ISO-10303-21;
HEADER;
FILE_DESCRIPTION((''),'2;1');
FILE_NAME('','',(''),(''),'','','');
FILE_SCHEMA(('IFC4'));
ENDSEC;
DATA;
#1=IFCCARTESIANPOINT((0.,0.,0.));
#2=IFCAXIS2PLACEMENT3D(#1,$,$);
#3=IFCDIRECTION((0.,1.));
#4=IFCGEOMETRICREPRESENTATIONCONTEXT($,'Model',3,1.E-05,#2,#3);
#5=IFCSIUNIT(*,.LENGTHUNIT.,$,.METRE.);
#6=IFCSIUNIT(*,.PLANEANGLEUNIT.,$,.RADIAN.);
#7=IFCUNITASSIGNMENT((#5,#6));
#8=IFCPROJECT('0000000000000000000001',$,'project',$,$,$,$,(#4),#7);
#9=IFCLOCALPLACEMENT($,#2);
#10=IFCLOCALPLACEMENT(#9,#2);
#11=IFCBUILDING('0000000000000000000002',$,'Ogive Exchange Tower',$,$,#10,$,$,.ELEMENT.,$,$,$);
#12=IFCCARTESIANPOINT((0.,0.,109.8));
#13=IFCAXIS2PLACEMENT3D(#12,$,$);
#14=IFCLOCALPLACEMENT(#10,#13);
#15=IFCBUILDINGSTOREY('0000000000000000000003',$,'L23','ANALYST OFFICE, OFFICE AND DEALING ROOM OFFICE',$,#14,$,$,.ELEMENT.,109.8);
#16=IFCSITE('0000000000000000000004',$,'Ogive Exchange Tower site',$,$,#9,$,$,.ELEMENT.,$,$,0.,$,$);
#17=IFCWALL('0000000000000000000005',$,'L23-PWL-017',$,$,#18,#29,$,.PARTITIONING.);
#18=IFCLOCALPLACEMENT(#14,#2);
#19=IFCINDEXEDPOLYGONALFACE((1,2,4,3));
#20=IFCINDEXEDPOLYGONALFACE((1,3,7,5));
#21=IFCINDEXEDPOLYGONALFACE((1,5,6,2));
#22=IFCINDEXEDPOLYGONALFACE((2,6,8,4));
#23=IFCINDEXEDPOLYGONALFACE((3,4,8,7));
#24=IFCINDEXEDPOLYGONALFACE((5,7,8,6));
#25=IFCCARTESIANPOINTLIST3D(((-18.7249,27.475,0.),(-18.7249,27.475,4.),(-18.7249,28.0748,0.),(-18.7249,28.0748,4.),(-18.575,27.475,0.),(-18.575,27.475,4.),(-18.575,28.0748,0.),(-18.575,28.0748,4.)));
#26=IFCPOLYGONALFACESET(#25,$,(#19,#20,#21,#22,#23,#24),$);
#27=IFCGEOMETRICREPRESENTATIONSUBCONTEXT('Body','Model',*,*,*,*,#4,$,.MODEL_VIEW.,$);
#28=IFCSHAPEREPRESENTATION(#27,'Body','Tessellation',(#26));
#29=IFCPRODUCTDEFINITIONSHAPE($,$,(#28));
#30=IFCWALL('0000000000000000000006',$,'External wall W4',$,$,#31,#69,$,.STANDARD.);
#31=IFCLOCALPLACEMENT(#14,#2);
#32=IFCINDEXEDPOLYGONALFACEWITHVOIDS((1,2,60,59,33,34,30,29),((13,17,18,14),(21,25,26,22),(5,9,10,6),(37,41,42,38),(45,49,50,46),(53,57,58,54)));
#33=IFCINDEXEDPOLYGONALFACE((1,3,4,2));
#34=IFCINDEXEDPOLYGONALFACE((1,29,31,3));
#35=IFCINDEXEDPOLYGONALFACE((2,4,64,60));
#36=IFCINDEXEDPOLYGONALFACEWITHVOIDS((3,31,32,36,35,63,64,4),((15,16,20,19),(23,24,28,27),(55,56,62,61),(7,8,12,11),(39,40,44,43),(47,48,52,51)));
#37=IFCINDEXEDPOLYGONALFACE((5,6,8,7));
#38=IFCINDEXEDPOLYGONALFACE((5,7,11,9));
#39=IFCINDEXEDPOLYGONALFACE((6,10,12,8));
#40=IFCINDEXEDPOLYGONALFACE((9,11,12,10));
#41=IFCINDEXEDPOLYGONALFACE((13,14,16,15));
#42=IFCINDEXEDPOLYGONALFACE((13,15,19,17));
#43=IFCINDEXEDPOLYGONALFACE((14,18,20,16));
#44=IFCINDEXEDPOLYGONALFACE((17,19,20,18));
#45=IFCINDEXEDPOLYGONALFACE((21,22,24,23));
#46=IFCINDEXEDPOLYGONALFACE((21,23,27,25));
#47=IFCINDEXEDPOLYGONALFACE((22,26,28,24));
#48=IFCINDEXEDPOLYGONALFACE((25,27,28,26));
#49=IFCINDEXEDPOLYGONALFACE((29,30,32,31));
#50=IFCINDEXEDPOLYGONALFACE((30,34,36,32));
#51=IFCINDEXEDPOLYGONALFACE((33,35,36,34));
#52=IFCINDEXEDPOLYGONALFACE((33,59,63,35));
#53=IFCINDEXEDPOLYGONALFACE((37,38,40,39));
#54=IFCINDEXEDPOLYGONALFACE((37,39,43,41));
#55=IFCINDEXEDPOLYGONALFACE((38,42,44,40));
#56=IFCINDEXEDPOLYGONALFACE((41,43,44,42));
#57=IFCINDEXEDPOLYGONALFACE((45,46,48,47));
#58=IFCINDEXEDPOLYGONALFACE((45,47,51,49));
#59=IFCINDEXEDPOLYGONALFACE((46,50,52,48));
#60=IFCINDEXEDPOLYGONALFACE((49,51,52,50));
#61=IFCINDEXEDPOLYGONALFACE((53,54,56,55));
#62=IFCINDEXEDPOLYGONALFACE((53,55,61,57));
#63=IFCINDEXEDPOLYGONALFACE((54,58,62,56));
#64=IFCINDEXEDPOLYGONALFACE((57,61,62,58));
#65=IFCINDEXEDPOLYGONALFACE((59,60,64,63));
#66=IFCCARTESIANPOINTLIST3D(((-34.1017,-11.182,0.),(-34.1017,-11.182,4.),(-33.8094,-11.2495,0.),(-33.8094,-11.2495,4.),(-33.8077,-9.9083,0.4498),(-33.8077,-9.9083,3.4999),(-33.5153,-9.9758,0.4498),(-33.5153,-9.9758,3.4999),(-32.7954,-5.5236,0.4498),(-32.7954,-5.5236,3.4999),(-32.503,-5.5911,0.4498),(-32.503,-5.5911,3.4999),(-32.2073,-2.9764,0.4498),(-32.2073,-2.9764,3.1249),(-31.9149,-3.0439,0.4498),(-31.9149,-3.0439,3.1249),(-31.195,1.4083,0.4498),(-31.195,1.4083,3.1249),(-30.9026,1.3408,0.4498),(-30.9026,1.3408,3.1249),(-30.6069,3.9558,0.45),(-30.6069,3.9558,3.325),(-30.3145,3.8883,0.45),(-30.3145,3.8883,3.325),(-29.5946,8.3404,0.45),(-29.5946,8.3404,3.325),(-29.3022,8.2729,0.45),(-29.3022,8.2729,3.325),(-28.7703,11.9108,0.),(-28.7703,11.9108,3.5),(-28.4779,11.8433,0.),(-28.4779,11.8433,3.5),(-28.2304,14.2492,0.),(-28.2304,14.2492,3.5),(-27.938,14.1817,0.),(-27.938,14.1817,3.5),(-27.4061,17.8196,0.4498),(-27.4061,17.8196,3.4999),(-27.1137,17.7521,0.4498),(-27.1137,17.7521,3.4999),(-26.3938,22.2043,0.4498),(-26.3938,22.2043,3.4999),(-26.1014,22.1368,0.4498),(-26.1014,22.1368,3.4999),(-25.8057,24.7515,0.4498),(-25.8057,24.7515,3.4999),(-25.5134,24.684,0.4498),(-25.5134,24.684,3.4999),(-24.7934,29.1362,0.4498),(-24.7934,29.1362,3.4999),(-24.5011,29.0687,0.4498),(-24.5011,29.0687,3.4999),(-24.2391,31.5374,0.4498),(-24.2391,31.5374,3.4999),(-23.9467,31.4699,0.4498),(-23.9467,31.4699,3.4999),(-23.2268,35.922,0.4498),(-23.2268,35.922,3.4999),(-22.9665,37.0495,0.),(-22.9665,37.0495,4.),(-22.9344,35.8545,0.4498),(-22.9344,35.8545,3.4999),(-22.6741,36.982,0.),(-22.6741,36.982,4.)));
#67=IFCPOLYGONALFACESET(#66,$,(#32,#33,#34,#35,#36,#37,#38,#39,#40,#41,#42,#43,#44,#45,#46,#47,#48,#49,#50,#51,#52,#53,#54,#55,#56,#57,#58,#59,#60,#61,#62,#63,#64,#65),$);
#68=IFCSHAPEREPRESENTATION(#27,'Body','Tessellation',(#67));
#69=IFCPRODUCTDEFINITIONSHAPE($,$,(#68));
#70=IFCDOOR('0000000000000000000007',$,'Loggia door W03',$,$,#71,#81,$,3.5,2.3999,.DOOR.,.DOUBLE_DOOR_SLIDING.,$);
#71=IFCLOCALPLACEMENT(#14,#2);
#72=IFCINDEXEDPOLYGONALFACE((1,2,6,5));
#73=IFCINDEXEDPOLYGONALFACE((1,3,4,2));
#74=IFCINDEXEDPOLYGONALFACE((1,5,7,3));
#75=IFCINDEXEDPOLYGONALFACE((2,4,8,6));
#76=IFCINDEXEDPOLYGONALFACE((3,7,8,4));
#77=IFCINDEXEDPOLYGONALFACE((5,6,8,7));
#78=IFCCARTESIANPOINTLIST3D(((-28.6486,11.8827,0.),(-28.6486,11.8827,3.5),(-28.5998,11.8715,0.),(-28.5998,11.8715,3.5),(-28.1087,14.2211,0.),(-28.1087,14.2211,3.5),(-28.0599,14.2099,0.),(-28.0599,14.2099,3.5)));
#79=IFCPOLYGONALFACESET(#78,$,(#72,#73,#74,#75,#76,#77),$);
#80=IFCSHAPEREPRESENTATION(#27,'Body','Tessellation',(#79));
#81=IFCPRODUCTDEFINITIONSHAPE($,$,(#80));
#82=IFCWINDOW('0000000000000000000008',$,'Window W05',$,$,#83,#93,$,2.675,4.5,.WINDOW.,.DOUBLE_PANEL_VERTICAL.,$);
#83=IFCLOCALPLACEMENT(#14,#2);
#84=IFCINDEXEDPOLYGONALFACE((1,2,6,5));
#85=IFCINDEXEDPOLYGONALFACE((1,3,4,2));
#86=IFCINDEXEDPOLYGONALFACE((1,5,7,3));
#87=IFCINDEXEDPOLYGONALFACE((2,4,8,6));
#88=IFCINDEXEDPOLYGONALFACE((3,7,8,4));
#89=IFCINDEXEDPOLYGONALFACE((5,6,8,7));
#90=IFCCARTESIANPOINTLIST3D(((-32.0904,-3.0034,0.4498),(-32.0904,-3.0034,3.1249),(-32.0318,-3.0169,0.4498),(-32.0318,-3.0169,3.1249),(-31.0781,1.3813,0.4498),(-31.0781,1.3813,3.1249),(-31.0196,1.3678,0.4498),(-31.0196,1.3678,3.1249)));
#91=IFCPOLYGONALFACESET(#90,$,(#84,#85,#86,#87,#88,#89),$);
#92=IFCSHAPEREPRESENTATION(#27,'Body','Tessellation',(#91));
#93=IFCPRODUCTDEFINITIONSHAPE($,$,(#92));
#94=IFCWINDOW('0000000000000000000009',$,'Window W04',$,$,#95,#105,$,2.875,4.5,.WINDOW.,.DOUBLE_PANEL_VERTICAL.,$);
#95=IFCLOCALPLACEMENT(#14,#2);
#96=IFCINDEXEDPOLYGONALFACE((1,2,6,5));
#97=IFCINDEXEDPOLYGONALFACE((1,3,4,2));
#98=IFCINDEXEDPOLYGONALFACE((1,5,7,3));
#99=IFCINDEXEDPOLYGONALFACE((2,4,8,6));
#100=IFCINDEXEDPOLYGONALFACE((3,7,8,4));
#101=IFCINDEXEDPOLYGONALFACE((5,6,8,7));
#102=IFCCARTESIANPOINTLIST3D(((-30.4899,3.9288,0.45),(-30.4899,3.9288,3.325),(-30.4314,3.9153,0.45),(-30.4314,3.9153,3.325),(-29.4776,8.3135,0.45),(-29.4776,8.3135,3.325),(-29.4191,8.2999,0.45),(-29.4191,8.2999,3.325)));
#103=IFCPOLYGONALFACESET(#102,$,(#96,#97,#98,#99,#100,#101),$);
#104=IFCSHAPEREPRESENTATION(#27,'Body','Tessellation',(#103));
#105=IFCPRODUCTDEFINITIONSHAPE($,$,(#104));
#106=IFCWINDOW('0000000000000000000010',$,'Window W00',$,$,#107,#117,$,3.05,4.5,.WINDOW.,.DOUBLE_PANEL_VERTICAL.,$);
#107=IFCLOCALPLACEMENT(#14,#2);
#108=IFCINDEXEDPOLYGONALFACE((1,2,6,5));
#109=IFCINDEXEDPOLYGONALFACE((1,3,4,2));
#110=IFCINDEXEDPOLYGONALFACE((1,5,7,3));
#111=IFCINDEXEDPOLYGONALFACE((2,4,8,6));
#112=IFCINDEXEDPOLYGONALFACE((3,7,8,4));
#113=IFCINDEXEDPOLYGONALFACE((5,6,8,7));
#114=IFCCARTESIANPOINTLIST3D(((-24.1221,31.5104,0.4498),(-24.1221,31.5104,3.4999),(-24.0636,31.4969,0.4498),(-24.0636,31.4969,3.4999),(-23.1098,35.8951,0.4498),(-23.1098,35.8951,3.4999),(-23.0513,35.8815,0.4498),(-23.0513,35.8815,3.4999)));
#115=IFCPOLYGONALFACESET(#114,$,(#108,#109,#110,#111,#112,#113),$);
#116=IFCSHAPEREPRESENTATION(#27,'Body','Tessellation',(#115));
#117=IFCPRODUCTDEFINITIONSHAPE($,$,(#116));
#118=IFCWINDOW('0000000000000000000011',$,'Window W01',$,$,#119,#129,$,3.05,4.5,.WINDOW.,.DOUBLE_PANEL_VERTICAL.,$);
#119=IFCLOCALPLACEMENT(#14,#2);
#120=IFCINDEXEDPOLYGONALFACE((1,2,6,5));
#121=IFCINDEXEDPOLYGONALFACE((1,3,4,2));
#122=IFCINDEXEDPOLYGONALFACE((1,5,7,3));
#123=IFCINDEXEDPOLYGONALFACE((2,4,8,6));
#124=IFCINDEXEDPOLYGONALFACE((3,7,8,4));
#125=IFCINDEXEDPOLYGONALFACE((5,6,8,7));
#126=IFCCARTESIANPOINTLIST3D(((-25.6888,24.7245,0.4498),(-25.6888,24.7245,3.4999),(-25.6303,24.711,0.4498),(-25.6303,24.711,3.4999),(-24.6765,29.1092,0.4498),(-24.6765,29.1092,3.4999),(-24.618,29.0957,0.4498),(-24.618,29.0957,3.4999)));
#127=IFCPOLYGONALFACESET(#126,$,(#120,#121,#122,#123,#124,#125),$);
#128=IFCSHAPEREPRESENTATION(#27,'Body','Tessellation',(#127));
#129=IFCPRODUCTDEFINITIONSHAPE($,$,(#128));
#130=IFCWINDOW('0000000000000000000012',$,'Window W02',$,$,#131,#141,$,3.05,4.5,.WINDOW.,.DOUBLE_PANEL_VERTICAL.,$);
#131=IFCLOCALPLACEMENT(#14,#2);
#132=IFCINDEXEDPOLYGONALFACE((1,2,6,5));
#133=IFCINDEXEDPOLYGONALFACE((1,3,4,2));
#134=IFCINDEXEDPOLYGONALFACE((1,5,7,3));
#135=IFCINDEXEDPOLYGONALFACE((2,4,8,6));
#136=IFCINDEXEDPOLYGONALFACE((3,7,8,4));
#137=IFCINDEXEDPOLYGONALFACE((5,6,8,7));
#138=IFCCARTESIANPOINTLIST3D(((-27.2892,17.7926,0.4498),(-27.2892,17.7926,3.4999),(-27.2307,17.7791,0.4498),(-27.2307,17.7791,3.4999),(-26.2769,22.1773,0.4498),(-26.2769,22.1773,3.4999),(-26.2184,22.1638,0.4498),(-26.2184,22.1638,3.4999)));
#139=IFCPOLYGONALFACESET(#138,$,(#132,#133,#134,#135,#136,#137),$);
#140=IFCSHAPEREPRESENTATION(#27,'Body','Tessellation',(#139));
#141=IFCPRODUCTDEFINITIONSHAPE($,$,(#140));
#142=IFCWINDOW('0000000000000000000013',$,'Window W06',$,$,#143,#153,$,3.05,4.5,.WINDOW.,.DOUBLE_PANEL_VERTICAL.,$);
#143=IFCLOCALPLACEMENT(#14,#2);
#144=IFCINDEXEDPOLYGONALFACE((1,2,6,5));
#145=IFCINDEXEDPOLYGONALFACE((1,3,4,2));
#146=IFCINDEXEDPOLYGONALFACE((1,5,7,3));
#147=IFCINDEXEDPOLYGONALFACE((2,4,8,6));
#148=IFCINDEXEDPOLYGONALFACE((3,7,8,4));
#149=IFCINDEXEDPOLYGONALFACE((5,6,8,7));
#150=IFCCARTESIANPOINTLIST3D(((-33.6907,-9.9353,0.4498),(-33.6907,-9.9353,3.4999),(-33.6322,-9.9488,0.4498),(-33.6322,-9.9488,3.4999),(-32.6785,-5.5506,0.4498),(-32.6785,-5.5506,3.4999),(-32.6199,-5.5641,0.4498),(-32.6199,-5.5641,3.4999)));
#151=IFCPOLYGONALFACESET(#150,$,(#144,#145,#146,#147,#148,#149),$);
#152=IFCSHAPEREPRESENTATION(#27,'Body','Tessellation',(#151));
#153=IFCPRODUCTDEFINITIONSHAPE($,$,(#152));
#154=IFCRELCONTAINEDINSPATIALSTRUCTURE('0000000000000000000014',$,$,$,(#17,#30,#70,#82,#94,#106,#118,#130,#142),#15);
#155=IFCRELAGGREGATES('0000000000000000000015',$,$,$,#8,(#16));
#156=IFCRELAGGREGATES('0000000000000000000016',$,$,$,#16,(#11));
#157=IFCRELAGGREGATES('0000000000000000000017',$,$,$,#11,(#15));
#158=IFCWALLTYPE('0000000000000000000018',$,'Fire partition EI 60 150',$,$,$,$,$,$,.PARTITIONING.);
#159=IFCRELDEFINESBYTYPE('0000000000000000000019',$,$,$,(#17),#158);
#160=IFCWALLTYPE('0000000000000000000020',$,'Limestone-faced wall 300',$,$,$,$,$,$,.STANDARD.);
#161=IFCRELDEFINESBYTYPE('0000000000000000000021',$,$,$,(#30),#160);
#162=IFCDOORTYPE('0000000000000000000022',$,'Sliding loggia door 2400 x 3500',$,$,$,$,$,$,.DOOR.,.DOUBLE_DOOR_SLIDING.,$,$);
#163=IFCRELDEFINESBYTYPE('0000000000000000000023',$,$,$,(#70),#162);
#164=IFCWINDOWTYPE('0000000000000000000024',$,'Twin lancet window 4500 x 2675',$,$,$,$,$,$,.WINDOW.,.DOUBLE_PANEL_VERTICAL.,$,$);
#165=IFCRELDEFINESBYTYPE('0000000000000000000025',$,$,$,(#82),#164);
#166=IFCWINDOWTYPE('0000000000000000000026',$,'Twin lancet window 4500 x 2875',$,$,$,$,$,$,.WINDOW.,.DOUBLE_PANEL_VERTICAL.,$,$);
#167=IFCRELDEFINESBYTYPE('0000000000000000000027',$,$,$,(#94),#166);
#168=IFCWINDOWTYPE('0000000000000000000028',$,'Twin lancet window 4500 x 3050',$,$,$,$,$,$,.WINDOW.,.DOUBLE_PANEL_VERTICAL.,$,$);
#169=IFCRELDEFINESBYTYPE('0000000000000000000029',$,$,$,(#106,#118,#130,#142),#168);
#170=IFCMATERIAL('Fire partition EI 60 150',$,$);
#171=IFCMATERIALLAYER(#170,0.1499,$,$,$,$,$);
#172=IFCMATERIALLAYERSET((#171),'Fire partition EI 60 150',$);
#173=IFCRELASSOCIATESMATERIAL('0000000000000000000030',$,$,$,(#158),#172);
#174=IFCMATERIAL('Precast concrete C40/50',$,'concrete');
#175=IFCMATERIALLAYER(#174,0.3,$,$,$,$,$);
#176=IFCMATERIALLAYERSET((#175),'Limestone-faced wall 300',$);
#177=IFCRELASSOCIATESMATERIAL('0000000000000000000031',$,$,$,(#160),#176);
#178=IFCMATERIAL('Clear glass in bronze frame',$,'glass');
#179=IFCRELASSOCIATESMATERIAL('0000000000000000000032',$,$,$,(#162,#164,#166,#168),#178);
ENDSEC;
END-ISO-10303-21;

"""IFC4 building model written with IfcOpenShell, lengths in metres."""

from ifc_helpers import new_model, si_unit, direction, frame, frame_2d, origin, place, context, subcontext, project, spatial, rectangle, extrude, material, layer, layer_set, type_object, element, fill, save


model = new_model("IFC4")

# Units and contexts
model_context = context("Model", 3, precision=1e-05, world=origin(), true_north=direction((0.0, 1.0)))
body_context = subcontext(model_context, "Body", "Model", "MODEL_VIEW")
ifc_project = project(units=[si_unit("LENGTHUNIT", "METRE"), si_unit("PLANEANGLEUNIT", "RADIAN")], contexts=[model_context])

# Site, building, storey
site_placement = place(None, origin())
site = spatial("IfcSite", under=ifc_project, at=site_placement, Name="Ogive Exchange Tower site", CompositionType="ELEMENT", RefElevation=0.0)
building_placement = place(site_placement, origin())
building = spatial("IfcBuilding", under=site, at=building_placement, Name="Ogive Exchange Tower", CompositionType="ELEMENT")
storey_placement = place(building_placement, frame((0.0, 0.0, 109.8)))
storey = spatial("IfcBuildingStorey", under=building, at=storey_placement, Name="L23", Description="ANALYST OFFICE, OFFICE AND DEALING ROOM OFFICE", CompositionType="ELEMENT", Elevation=109.8)

# Shared definitions
ifc_material_1 = material(Name="Fire partition EI 60 150")
ifc_layer_1 = layer(ifc_material_1, 0.1499)
ifc_layer_set_1 = layer_set([ifc_layer_1], Name="Fire partition EI 60 150")
wall_type_1 = type_object("IfcWallType", Name="Fire partition EI 60 150", PredefinedType="PARTITIONING", material=ifc_layer_set_1)

# Wall
wall_1_placement = place(storey_placement, frame((-18.6499, 27.4751, 0.0), z_axis=(0.0, 0.0, 1.0), x_axis=(0.0, 1.0, 0.0)))
element("IfcWall", 1, at=wall_1_placement, inside=storey, type_object=wall_type_1, Name="L23-PWL-017", PredefinedType="PARTITIONING", context=body_context, shape_type="SweptSolid", body=[
    extrude(rectangle(XDim=0.5999, YDim=0.1499, at=frame_2d((0.2998, 0.0))), origin(), (0.0, 0.0, 1.0), 4.0),
])

# Wall, openings, door, windows
ifc_material_2 = material(Name="Precast concrete C40/50", Category="concrete")
ifc_layer_2 = layer(ifc_material_2, 0.3)
ifc_layer_set_2 = layer_set([ifc_layer_2], Name="Limestone-faced wall 300")
wall_type_2 = type_object("IfcWallType", Name="Limestone-faced wall 300", PredefinedType="STANDARD", material=ifc_layer_set_2)
wall_2_placement = place(storey_placement, frame((-22.8203, 37.0156, 0.0), z_axis=(0.0, 0.0, 1.0), x_axis=(-0.224954, -0.974369, 0.0)))
wall_2 = element("IfcWall", 2, at=wall_2_placement, inside=storey, type_object=wall_type_2, Name="External wall W4", PredefinedType="STANDARD", context=body_context, shape_type="SweptSolid", body=[
    extrude(rectangle(XDim=49.5002, YDim=0.3, at=frame_2d((24.75, 0.0))), origin(), (0.0, 0.0, 1.0), 4.0),
])
opening_1_placement = place(wall_2_placement, frame((1.157, 0.0, 0.45)))
opening_1 = element("IfcOpeningElement", 3, at=opening_1_placement, cuts=wall_2, PredefinedType="OPENING", context=body_context, shape_type="SweptSolid", body=[
    extrude(rectangle(XDim=4.5, YDim=3.05, at=frame_2d((2.25, 1.5249))), frame((0.0, 0.1599, 0.0), z_axis=(0.0, -1.0, 0.0), x_axis=(1.0, 0.0, 0.0)), (0.0, 0.0, 1.0), 0.3201),
])
opening_2_placement = place(wall_2_placement, frame((8.1213, 0.0, 0.45)))
opening_2 = element("IfcOpeningElement", 4, at=opening_2_placement, cuts=wall_2, PredefinedType="OPENING", context=body_context, shape_type="SweptSolid", body=[
    extrude(rectangle(XDim=4.5, YDim=3.05, at=frame_2d((2.25, 1.5249))), frame((0.0, 0.1599, 0.0), z_axis=(0.0, -1.0, 0.0), x_axis=(1.0, 0.0, 0.0)), (0.0, 0.0, 1.0), 0.3201),
])
opening_3_placement = place(wall_2_placement, frame((15.2356, 0.0, 0.45)))
opening_3 = element("IfcOpeningElement", 5, at=opening_3_placement, cuts=wall_2, PredefinedType="OPENING", context=body_context, shape_type="SweptSolid", body=[
    extrude(rectangle(XDim=4.5, YDim=3.05, at=frame_2d((2.25, 1.5249))), frame((0.0, 0.1599, 0.0), z_axis=(0.0, -1.0, 0.0), x_axis=(1.0, 0.0, 0.0)), (0.0, 0.0, 1.0), 0.3201),
])
opening_4_placement = place(wall_2_placement, frame((23.3999, 0.0, 0.0)))
opening_4 = element("IfcOpeningElement", 6, at=opening_4_placement, cuts=wall_2, PredefinedType="OPENING", context=body_context, shape_type="SweptSolid", body=[
    extrude(rectangle(XDim=2.3999, YDim=3.5, at=frame_2d((1.2, 1.75))), frame((0.0, 0.1599, 0.0), z_axis=(0.0, -1.0, 0.0), x_axis=(1.0, 0.0, 0.0)), (0.0, 0.0, 1.0), 0.3201),
])
opening_5_placement = place(wall_2_placement, frame((29.4641, 0.0, 0.45)))
opening_5 = element("IfcOpeningElement", 7, at=opening_5_placement, cuts=wall_2, PredefinedType="OPENING", context=body_context, shape_type="SweptSolid", body=[
    extrude(rectangle(XDim=4.5, YDim=2.875, at=frame_2d((2.25, 1.4375))), frame((0.0, 0.1599, 0.0), z_axis=(0.0, -1.0, 0.0), x_axis=(1.0, 0.0, 0.0)), (0.0, 0.0, 1.0), 0.3201),
])
opening_6_placement = place(wall_2_placement, frame((36.5786, 0.0, 0.45)))
opening_6 = element("IfcOpeningElement", 8, at=opening_6_placement, cuts=wall_2, PredefinedType="OPENING", context=body_context, shape_type="SweptSolid", body=[
    extrude(rectangle(XDim=4.5, YDim=2.675, at=frame_2d((2.25, 1.3374))), frame((0.0, 0.1599, 0.0), z_axis=(0.0, -1.0, 0.0), x_axis=(1.0, 0.0, 0.0)), (0.0, 0.0, 1.0), 0.3201),
])
opening_7_placement = place(wall_2_placement, frame((43.6929, 0.0, 0.45)))
opening_7 = element("IfcOpeningElement", 9, at=opening_7_placement, cuts=wall_2, PredefinedType="OPENING", context=body_context, shape_type="SweptSolid", body=[
    extrude(rectangle(XDim=4.5, YDim=3.05, at=frame_2d((2.25, 1.5249))), frame((0.0, 0.1599, 0.0), z_axis=(0.0, -1.0, 0.0), x_axis=(1.0, 0.0, 0.0)), (0.0, 0.0, 1.0), 0.3201),
])
ifc_material_3 = material(Name="Clear glass in bronze frame", Category="glass")
door_type_1 = type_object("IfcDoorType", Name="Sliding loggia door 2400 x 3500", OperationType="DOUBLE_DOOR_SLIDING", PredefinedType="DOOR", material=ifc_material_3)
door_1_placement = place(opening_4_placement, origin())
door_1 = element("IfcDoor", 10, at=door_1_placement, inside=storey, type_object=door_type_1, Name="Loggia door W03", OperationType="DOUBLE_DOOR_SLIDING", OverallHeight=3.5, OverallWidth=2.3999, PredefinedType="DOOR", context=body_context, shape_type="SweptSolid", body=[
    extrude(rectangle(XDim=2.3999, YDim=3.5, at=frame_2d((1.2, 1.75))), frame((0.0, 0.0249, 0.0), z_axis=(0.0, -1.0, 0.0), x_axis=(1.0, 0.0, 0.0)), (0.0, 0.0, 1.0), 0.05),
])
fill(opening_4, door_1)
window_type_1 = type_object("IfcWindowType", Name="Twin lancet window 4500 x 2675", PartitioningType="DOUBLE_PANEL_VERTICAL", PredefinedType="WINDOW", material=ifc_material_3)
window_1_placement = place(opening_6_placement, origin())
window_1 = element("IfcWindow", 11, at=window_1_placement, inside=storey, type_object=window_type_1, Name="Window W05", OverallHeight=2.675, OverallWidth=4.5, PartitioningType="DOUBLE_PANEL_VERTICAL", PredefinedType="WINDOW", context=body_context, shape_type="SweptSolid", body=[
    extrude(rectangle(XDim=4.5, YDim=2.675, at=frame_2d((2.25, 1.3374))), frame((0.0, 0.03, 0.0), z_axis=(0.0, -1.0, 0.0), x_axis=(1.0, 0.0, 0.0)), (0.0, 0.0, 1.0), 0.0601),
])
fill(opening_6, window_1)
window_type_2 = type_object("IfcWindowType", Name="Twin lancet window 4500 x 2875", PartitioningType="DOUBLE_PANEL_VERTICAL", PredefinedType="WINDOW", material=ifc_material_3)
window_2_placement = place(opening_5_placement, origin())
window_2 = element("IfcWindow", 12, at=window_2_placement, inside=storey, type_object=window_type_2, Name="Window W04", OverallHeight=2.875, OverallWidth=4.5, PartitioningType="DOUBLE_PANEL_VERTICAL", PredefinedType="WINDOW", context=body_context, shape_type="SweptSolid", body=[
    extrude(rectangle(XDim=4.5, YDim=2.875, at=frame_2d((2.25, 1.4375))), frame((0.0, 0.03, 0.0), z_axis=(0.0, -1.0, 0.0), x_axis=(1.0, 0.0, 0.0)), (0.0, 0.0, 1.0), 0.0601),
])
fill(opening_5, window_2)
window_type_3 = type_object("IfcWindowType", Name="Twin lancet window 4500 x 3050", PartitioningType="DOUBLE_PANEL_VERTICAL", PredefinedType="WINDOW", material=ifc_material_3)
window_3_placement = place(opening_1_placement, origin())
window_3 = element("IfcWindow", 13, at=window_3_placement, inside=storey, type_object=window_type_3, Name="Window W00", OverallHeight=3.05, OverallWidth=4.5, PartitioningType="DOUBLE_PANEL_VERTICAL", PredefinedType="WINDOW", context=body_context, shape_type="SweptSolid", body=[
    extrude(rectangle(XDim=4.5, YDim=3.05, at=frame_2d((2.25, 1.5249))), frame((0.0, 0.03, 0.0), z_axis=(0.0, -1.0, 0.0), x_axis=(1.0, 0.0, 0.0)), (0.0, 0.0, 1.0), 0.0601),
])
fill(opening_1, window_3)
window_4_placement = place(opening_2_placement, origin())
window_4 = element("IfcWindow", 14, at=window_4_placement, inside=storey, type_object=window_type_3, Name="Window W01", OverallHeight=3.05, OverallWidth=4.5, PartitioningType="DOUBLE_PANEL_VERTICAL", PredefinedType="WINDOW", context=body_context, shape_type="SweptSolid", body=[
    extrude(rectangle(XDim=4.5, YDim=3.05, at=frame_2d((2.25, 1.5249))), frame((0.0, 0.03, 0.0), z_axis=(0.0, -1.0, 0.0), x_axis=(1.0, 0.0, 0.0)), (0.0, 0.0, 1.0), 0.0601),
])
fill(opening_2, window_4)
window_5_placement = place(opening_3_placement, origin())
window_5 = element("IfcWindow", 15, at=window_5_placement, inside=storey, type_object=window_type_3, Name="Window W02", OverallHeight=3.05, OverallWidth=4.5, PartitioningType="DOUBLE_PANEL_VERTICAL", PredefinedType="WINDOW", context=body_context, shape_type="SweptSolid", body=[
    extrude(rectangle(XDim=4.5, YDim=3.05, at=frame_2d((2.25, 1.5249))), frame((0.0, 0.03, 0.0), z_axis=(0.0, -1.0, 0.0), x_axis=(1.0, 0.0, 0.0)), (0.0, 0.0, 1.0), 0.0601),
])
fill(opening_3, window_5)
window_6_placement = place(opening_7_placement, origin())
window_6 = element("IfcWindow", 16, at=window_6_placement, inside=storey, type_object=window_type_3, Name="Window W06", OverallHeight=3.05, OverallWidth=4.5, PartitioningType="DOUBLE_PANEL_VERTICAL", PredefinedType="WINDOW", context=body_context, shape_type="SweptSolid", body=[
    extrude(rectangle(XDim=4.5, YDim=3.05, at=frame_2d((2.25, 1.5249))), frame((0.0, 0.03, 0.0), z_axis=(0.0, -1.0, 0.0), x_axis=(1.0, 0.0, 0.0)), (0.0, 0.0, 1.0), 0.0601),
])
fill(opening_7, window_6)

save(model, "model.ifc")
